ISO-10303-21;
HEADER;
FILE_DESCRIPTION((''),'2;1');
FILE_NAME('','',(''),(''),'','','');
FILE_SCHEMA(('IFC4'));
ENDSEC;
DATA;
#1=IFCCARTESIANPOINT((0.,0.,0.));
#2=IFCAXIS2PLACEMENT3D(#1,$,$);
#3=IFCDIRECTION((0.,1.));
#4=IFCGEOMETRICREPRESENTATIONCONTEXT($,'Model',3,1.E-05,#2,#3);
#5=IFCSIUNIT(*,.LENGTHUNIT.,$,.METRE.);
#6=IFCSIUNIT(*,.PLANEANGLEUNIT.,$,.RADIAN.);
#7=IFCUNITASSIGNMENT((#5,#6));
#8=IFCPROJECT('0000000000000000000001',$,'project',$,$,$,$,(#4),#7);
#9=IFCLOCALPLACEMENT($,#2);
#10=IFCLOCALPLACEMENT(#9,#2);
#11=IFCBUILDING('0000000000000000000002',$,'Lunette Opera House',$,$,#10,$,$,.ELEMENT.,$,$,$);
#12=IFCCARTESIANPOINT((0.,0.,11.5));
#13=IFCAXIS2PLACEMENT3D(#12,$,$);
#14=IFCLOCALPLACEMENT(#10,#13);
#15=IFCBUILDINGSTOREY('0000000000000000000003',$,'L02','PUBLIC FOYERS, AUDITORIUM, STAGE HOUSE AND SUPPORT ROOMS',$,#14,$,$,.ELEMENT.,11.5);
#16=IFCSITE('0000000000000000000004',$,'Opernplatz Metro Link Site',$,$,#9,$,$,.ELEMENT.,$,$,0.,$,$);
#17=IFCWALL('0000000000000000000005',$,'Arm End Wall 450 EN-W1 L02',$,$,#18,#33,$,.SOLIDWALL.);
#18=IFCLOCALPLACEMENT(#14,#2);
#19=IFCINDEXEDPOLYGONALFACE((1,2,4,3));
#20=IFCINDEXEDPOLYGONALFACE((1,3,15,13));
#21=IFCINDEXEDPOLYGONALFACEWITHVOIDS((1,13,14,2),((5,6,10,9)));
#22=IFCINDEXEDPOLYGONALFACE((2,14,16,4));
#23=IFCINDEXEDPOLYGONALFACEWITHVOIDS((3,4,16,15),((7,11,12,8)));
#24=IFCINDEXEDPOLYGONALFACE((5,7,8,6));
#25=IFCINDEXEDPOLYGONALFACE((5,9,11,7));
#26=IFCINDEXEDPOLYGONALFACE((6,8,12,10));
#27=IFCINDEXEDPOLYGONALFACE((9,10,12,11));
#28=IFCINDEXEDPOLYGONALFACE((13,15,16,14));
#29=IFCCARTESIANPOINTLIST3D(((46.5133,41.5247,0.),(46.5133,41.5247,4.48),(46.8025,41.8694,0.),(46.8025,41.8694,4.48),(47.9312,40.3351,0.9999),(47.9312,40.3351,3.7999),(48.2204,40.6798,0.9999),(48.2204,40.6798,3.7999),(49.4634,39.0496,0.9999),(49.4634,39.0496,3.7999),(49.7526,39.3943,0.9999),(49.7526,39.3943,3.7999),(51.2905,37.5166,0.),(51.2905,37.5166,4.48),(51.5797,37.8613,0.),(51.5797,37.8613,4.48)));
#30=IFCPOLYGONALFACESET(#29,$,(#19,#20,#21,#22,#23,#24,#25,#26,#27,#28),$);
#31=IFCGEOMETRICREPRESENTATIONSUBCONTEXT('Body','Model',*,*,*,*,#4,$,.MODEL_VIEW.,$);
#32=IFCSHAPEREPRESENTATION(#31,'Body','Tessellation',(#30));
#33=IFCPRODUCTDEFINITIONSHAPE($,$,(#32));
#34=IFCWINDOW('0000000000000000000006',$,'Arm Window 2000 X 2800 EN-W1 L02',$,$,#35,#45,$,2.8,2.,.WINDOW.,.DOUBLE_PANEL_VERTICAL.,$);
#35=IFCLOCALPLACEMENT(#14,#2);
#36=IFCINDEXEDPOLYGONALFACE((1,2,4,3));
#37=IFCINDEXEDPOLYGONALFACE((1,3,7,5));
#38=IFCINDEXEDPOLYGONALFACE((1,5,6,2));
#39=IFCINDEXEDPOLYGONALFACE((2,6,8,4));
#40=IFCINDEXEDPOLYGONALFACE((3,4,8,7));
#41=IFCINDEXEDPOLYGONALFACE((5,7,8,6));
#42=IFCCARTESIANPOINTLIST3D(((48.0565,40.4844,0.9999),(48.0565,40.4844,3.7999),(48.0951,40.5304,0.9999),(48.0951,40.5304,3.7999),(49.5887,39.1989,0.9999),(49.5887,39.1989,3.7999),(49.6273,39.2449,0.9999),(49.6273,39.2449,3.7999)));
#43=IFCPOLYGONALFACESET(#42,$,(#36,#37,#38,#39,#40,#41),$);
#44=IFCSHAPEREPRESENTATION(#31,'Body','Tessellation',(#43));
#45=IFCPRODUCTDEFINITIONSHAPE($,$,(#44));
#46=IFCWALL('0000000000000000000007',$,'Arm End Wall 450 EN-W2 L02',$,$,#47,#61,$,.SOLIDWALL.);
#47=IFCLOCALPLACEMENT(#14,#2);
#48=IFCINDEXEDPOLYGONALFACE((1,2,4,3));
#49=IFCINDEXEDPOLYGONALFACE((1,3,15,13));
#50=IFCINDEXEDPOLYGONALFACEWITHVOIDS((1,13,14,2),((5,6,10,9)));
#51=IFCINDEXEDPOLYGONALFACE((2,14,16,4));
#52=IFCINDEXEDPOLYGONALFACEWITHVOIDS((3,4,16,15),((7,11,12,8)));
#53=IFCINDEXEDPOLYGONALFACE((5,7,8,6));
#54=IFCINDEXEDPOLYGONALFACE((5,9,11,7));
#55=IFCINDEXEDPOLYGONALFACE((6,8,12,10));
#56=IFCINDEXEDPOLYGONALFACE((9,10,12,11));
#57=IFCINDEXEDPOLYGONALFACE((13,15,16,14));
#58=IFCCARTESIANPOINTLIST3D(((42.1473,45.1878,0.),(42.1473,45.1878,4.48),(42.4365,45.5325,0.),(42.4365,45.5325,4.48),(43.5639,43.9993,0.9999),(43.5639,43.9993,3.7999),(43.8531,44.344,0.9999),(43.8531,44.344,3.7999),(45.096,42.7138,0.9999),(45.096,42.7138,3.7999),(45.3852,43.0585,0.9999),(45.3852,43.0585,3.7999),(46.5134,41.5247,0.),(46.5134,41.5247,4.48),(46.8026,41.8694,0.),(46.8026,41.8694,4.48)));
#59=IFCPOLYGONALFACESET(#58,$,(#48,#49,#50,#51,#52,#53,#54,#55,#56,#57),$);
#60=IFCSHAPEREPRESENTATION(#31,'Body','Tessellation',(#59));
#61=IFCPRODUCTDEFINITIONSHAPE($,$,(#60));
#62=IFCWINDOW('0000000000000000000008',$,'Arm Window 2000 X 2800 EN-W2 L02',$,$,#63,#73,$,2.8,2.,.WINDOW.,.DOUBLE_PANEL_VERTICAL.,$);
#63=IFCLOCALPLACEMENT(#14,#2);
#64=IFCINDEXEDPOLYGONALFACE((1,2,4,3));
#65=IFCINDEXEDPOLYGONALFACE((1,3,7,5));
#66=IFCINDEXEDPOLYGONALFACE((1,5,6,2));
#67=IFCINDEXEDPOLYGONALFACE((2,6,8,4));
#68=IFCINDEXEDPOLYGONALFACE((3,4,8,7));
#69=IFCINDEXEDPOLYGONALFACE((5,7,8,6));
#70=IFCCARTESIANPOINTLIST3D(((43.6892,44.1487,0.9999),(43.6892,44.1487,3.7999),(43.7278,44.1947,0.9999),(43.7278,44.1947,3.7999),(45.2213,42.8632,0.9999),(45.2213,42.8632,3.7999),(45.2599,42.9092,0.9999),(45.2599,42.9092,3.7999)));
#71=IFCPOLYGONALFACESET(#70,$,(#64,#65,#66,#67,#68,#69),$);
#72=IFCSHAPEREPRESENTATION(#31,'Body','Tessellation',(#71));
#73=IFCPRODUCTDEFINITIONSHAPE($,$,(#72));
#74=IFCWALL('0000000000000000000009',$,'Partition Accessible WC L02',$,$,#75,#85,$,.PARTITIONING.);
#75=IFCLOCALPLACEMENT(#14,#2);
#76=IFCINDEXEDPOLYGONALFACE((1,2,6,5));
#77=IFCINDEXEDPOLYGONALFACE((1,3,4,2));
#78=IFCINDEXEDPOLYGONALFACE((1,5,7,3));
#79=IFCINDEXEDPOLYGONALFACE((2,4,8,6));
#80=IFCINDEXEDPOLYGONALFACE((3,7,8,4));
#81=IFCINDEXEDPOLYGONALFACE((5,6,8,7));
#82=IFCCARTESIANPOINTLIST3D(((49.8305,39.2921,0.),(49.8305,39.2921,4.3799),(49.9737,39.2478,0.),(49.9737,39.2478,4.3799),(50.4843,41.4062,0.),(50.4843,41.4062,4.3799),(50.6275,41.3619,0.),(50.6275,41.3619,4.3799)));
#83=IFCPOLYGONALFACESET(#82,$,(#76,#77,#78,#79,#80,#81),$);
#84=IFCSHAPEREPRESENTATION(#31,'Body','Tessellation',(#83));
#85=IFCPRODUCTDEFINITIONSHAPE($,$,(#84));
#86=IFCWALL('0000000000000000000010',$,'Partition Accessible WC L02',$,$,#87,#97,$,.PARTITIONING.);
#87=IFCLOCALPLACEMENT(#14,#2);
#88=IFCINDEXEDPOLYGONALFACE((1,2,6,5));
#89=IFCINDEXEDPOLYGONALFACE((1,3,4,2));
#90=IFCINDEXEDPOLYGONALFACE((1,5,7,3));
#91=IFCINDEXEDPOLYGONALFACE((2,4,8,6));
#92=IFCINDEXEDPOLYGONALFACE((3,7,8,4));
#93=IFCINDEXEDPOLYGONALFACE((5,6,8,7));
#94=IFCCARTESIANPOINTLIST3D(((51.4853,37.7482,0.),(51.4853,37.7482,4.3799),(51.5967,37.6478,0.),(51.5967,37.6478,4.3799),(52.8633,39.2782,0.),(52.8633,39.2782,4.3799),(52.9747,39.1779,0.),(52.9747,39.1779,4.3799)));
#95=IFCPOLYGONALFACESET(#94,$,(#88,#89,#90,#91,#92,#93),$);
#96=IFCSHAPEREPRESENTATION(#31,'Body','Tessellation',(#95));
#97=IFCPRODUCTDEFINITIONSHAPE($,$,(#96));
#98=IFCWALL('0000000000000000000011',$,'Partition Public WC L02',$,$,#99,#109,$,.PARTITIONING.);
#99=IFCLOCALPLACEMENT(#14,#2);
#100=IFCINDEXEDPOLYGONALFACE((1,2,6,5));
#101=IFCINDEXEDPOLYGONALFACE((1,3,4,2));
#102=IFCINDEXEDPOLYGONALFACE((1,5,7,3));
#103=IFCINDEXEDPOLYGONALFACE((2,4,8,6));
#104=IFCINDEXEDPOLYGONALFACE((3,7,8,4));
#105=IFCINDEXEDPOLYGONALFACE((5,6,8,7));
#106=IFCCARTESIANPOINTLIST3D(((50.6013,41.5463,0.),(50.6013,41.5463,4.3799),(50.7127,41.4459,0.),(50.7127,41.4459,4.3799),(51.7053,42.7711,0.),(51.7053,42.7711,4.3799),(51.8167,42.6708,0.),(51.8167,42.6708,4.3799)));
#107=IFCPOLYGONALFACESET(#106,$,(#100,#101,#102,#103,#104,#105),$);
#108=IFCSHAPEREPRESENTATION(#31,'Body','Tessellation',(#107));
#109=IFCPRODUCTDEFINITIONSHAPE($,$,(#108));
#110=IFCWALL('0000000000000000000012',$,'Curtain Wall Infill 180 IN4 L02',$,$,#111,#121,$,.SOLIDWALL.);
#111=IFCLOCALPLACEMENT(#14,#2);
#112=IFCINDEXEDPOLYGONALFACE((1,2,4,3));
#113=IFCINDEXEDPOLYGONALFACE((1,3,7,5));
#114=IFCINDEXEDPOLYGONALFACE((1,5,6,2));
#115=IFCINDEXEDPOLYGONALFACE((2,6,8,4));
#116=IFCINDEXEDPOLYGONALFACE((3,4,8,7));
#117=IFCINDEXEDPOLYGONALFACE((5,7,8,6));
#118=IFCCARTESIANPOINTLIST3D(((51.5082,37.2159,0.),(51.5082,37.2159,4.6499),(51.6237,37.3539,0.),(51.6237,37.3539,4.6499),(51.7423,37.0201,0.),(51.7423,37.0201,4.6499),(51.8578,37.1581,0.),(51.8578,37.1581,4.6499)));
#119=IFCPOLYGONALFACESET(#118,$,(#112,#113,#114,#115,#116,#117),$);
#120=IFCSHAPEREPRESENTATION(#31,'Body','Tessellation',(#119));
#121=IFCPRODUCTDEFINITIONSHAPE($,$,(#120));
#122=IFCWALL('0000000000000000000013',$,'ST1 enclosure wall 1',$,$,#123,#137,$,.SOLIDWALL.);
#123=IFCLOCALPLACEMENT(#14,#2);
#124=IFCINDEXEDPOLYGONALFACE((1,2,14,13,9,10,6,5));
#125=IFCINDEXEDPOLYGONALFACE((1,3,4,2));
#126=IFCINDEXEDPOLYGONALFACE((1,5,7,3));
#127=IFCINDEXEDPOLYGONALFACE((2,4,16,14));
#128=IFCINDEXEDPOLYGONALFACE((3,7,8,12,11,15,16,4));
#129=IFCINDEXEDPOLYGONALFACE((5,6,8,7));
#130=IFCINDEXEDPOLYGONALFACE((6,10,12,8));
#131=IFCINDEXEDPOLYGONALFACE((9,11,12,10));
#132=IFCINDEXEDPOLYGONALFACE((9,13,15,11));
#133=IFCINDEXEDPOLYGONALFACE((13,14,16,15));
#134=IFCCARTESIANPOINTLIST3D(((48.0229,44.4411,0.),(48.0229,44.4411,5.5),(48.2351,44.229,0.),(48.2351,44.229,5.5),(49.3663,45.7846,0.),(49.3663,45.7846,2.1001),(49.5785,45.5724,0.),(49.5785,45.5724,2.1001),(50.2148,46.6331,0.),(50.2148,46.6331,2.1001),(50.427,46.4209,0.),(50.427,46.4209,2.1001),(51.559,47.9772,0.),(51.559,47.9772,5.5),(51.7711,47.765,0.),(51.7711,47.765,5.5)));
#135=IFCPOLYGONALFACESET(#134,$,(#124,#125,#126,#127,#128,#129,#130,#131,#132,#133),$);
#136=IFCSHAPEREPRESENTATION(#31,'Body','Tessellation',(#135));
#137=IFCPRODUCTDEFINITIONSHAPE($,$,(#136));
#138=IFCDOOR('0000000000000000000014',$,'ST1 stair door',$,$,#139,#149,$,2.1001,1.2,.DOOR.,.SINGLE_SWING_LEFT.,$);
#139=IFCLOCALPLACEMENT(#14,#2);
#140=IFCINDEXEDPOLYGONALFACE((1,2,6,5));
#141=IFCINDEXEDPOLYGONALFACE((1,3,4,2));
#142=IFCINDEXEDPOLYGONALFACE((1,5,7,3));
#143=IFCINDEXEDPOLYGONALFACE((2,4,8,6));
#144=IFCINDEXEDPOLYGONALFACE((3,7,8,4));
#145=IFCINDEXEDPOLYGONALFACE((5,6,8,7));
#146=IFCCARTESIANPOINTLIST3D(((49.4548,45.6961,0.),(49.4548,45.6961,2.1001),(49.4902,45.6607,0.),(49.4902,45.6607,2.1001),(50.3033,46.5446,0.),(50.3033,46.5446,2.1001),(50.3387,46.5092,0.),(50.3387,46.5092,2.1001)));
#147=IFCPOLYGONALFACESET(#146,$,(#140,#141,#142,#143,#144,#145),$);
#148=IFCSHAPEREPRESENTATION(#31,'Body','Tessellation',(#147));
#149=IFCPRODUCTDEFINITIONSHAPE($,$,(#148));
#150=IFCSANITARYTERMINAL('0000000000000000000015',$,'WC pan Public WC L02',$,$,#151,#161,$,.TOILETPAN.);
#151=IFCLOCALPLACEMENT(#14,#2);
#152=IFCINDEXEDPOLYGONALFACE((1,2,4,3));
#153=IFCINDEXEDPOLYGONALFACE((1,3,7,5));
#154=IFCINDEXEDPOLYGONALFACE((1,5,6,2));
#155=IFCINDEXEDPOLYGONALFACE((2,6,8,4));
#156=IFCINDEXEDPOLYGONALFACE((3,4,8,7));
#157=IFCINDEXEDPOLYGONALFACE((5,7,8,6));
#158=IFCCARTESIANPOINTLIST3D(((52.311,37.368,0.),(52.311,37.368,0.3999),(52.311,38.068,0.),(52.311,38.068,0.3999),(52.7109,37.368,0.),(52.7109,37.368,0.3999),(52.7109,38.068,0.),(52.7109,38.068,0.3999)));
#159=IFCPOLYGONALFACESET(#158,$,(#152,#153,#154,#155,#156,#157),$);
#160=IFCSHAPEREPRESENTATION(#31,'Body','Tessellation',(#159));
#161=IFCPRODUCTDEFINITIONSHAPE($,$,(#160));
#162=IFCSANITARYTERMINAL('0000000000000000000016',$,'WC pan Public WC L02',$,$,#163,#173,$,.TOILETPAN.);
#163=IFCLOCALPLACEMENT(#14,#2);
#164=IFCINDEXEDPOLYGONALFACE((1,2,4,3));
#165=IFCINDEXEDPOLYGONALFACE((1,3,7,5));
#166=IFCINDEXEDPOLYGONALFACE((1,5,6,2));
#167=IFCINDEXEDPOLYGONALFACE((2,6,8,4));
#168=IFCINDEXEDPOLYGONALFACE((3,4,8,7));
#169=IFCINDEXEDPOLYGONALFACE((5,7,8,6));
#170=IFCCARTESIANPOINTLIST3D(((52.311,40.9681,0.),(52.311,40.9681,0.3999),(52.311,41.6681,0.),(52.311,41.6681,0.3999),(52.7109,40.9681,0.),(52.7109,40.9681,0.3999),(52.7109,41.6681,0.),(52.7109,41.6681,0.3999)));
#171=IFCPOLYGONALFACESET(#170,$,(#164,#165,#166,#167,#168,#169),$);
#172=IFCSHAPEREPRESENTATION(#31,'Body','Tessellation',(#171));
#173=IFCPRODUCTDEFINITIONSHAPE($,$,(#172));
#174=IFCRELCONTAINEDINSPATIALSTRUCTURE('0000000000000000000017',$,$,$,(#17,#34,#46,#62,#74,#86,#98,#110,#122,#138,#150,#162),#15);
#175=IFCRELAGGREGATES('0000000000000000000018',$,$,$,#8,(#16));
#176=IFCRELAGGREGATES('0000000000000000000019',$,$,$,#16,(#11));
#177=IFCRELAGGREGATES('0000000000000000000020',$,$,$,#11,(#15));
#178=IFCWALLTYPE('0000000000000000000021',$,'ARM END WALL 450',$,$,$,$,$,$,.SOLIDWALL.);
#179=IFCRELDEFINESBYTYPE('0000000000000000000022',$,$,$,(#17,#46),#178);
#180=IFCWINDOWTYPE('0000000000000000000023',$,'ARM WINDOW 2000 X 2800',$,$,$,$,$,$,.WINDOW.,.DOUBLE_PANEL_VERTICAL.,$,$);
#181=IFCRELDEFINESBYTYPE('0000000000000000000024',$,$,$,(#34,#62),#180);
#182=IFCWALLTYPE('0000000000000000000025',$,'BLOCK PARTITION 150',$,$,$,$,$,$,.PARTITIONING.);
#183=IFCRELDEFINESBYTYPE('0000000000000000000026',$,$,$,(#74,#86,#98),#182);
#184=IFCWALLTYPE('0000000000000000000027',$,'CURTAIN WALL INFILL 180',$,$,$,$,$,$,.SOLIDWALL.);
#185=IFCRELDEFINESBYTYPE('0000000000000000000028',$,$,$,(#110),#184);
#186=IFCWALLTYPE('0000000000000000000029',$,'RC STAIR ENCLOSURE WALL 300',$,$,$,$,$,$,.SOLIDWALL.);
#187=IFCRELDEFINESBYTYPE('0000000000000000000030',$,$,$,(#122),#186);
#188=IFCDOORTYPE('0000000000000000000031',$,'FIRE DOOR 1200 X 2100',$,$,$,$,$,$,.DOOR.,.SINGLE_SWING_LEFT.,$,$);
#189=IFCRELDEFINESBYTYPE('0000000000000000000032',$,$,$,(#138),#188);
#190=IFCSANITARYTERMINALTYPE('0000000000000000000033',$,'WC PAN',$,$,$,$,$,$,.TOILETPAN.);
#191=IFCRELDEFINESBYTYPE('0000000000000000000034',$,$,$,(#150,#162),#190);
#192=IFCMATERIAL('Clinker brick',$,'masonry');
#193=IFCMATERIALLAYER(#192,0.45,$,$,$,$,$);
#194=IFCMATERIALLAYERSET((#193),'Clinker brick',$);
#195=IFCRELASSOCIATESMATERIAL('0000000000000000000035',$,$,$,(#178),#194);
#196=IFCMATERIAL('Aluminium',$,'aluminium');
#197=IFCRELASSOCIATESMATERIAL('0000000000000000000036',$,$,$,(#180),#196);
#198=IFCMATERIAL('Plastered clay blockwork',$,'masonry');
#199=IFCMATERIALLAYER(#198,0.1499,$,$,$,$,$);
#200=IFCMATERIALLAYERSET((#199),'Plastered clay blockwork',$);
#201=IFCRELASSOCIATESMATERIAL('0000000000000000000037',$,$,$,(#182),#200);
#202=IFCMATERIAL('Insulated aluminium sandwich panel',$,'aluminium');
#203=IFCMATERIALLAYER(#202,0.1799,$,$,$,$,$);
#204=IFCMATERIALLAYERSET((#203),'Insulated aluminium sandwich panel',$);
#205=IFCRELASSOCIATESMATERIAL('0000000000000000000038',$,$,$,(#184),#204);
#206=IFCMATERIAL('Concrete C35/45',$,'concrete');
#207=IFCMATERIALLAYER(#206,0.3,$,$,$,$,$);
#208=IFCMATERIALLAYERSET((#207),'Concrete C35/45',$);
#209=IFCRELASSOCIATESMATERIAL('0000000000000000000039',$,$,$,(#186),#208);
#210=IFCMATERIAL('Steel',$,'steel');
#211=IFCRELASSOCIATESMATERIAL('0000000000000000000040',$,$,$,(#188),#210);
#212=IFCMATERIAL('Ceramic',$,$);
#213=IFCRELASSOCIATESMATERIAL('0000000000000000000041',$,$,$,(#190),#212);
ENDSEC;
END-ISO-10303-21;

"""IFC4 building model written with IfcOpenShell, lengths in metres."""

from ifc_helpers import new_model, si_unit, direction, frame, frame_2d, origin, origin_2d, place, context, subcontext, project, spatial, rectangle, extrude, material, layer, layer_set, type_object, element, fill, save


model = new_model("IFC4")

# Units and contexts
model_context = context("Model", 3, precision=1e-05, world=origin(), true_north=direction((0.0, 1.0)))
body_context = subcontext(model_context, "Body", "Model", "MODEL_VIEW")
ifc_project = project(units=[si_unit("LENGTHUNIT", "METRE"), si_unit("PLANEANGLEUNIT", "RADIAN")], contexts=[model_context])

# Site, building, storey
site_placement = place(None, origin())
site = spatial("IfcSite", under=ifc_project, at=site_placement, Name="Opernplatz Metro Link Site", CompositionType="ELEMENT", RefElevation=0.0)
building_placement = place(site_placement, origin())
building = spatial("IfcBuilding", under=site, at=building_placement, Name="Lunette Opera House", CompositionType="ELEMENT")
storey_placement = place(building_placement, frame((0.0, 0.0, 11.5)))
storey = spatial("IfcBuildingStorey", under=building, at=storey_placement, Name="L02", Description="PUBLIC FOYERS, AUDITORIUM, STAGE HOUSE AND SUPPORT ROOMS", CompositionType="ELEMENT", Elevation=11.5)

# Walls, openings, windows
ifc_material_1 = material(Name="Clinker brick", Category="masonry")
ifc_layer_1 = layer(ifc_material_1, 0.45)
ifc_layer_set_1 = layer_set([ifc_layer_1], Name="Clinker brick")
wall_type_1 = type_object("IfcWallType", Name="ARM END WALL 450", PredefinedType="SOLIDWALL", material=ifc_layer_set_1)
wall_1_placement = place(storey_placement, frame((51.4351, 37.689, 0.0), z_axis=(0.0, 0.0, 1.0), x_axis=(-0.766076, 0.642749, 0.0)))
wall_1 = element("IfcWall", 1, at=wall_1_placement, inside=storey, type_object=wall_type_1, Name="Arm End Wall 450 EN-W1 L02", PredefinedType="SOLIDWALL", context=body_context, shape_type="SweptSolid", body=[
    extrude(rectangle(XDim=6.2358, YDim=0.45, at=frame_2d((3.1179, 0.0))), origin(), (0.0, 0.0, 1.0), 4.48),
])
opening_1_placement = place(wall_1_placement, frame((2.385, 0.0, 1.0)))
opening_1 = element("IfcOpeningElement", 2, at=opening_1_placement, cuts=wall_1, PredefinedType="OPENING", context=body_context, shape_type="SweptSolid", body=[
    extrude(rectangle(XDim=2.0, YDim=2.8, at=frame_2d((1.0, 1.3999))), frame((0.0, 0.2371, 0.0), z_axis=(0.0, -1.0, 0.0), x_axis=(1.0, 0.0, 0.0)), (0.0, 0.0, 1.0), 0.4739),
])
ifc_material_2 = material(Name="Aluminium", Category="aluminium")
window_type = type_object("IfcWindowType", Name="ARM WINDOW 2000 X 2800", PartitioningType="DOUBLE_PANEL_VERTICAL", PredefinedType="WINDOW", material=ifc_material_2)
window_1_placement = place(opening_1_placement, origin())
window_1 = element("IfcWindow", 3, at=window_1_placement, inside=storey, type_object=window_type, Name="Arm Window 2000 X 2800 EN-W1 L02", OverallHeight=2.8, OverallWidth=2.0, PartitioningType="DOUBLE_PANEL_VERTICAL", PredefinedType="WINDOW", context=body_context, shape_type="SweptSolid", body=[
    extrude(rectangle(XDim=2.0, YDim=2.8, at=frame_2d((1.0, 1.3999))), frame((0.0, 0.03, 0.0), z_axis=(0.0, -1.0, 0.0), x_axis=(1.0, 0.0, 0.0)), (0.0, 0.0, 1.0), 0.0601),
])
fill(opening_1, window_1)
wall_2_placement = place(storey_placement, frame((46.658, 41.697, 0.0), z_axis=(0.0, 0.0, 1.0), x_axis=(-0.766079, 0.642747, 0.0)))
wall_2 = element("IfcWall", 4, at=wall_2_placement, inside=storey, type_object=wall_type_1, Name="Arm End Wall 450 EN-W2 L02", PredefinedType="SOLIDWALL", context=body_context, shape_type="SweptSolid", body=[
    extrude(rectangle(XDim=5.6992, YDim=0.45, at=frame_2d((2.8496, 0.0))), origin(), (0.0, 0.0, 1.0), 4.48),
])
opening_2_placement = place(wall_2_placement, frame((1.8501, 0.0, 1.0)))
opening_2 = element("IfcOpeningElement", 5, at=opening_2_placement, cuts=wall_2, PredefinedType="OPENING", context=body_context, shape_type="SweptSolid", body=[
    extrude(rectangle(XDim=2.0, YDim=2.8, at=frame_2d((1.0, 1.3999))), frame((0.0, 0.2371, 0.0), z_axis=(0.0, -1.0, 0.0), x_axis=(1.0, 0.0, 0.0)), (0.0, 0.0, 1.0), 0.4739),
])
window_2_placement = place(opening_2_placement, origin())
window_2 = element("IfcWindow", 6, at=window_2_placement, inside=storey, type_object=window_type, Name="Arm Window 2000 X 2800 EN-W2 L02", OverallHeight=2.8, OverallWidth=2.0, PartitioningType="DOUBLE_PANEL_VERTICAL", PredefinedType="WINDOW", context=body_context, shape_type="SweptSolid", body=[
    extrude(rectangle(XDim=2.0, YDim=2.8, at=frame_2d((1.0, 1.3999))), frame((0.0, 0.03, 0.0), z_axis=(0.0, -1.0, 0.0), x_axis=(1.0, 0.0, 0.0)), (0.0, 0.0, 1.0), 0.0601),
])
fill(opening_2, window_2)

# Walls
ifc_material_3 = material(Name="Plastered clay blockwork", Category="masonry")
ifc_layer_2 = layer(ifc_material_3, 0.1499)
ifc_layer_set_2 = layer_set([ifc_layer_2], Name="Plastered clay blockwork")
wall_type_2 = type_object("IfcWallType", Name="BLOCK PARTITION 150", PredefinedType="PARTITIONING", material=ifc_layer_set_2)
wall_3_placement = place(storey_placement, frame((50.5559, 41.384, 0.0), z_axis=(0.0, 0.0, 1.0), x_axis=(-0.295466, -0.955353, 0.0)))
element("IfcWall", 7, at=wall_3_placement, inside=storey, type_object=wall_type_2, Name="Partition Accessible WC L02", PredefinedType="PARTITIONING", context=body_context, shape_type="SweptSolid", body=[
    extrude(rectangle(XDim=2.2129, YDim=0.1499, at=frame_2d((1.1064, 0.0))), origin(), (0.0, 0.0, 1.0), 4.3799),
])
wall_4_placement = place(storey_placement, frame((51.541, 37.698, 0.0), z_axis=(0.0, 0.0, 1.0), x_axis=(0.669207, 0.743076, 0.0)))
element("IfcWall", 8, at=wall_4_placement, inside=storey, type_object=wall_type_2, Name="Partition Accessible WC L02", PredefinedType="PARTITIONING", context=body_context, shape_type="SweptSolid", body=[
    extrude(rectangle(XDim=2.0591, YDim=0.1499, at=frame_2d((1.0295, 0.0))), origin(), (0.0, 0.0, 1.0), 4.3799),
])
wall_5_placement = place(storey_placement, frame((51.761, 42.7209, 0.0), z_axis=(0.0, 0.0, 1.0), x_axis=(-0.669513, -0.742801, 0.0)))
element("IfcWall", 9, at=wall_5_placement, inside=storey, type_object=wall_type_2, Name="Partition Public WC L02", PredefinedType="PARTITIONING", context=body_context, shape_type="SweptSolid", body=[
    extrude(rectangle(XDim=1.6489, YDim=0.1499, at=frame_2d((0.8245, 0.0))), origin(), (0.0, 0.0, 1.0), 4.3799),
])
ifc_material_4 = material(Name="Insulated aluminium sandwich panel", Category="aluminium")
ifc_layer_3 = layer(ifc_material_4, 0.1799)
ifc_layer_set_3 = layer_set([ifc_layer_3], Name="Insulated aluminium sandwich panel")
wall_type_3 = type_object("IfcWallType", Name="CURTAIN WALL INFILL 180", PredefinedType="SOLIDWALL", material=ifc_layer_set_3)
wall_6_placement = place(storey_placement, frame((51.8, 37.0891, 0.0), z_axis=(0.0, 0.0, 1.0), x_axis=(-0.767105, 0.641521, 0.0)))
element("IfcWall", 10, at=wall_6_placement, inside=storey, type_object=wall_type_3, Name="Curtain Wall Infill 180 IN4 L02", PredefinedType="SOLIDWALL", context=body_context, shape_type="SweptSolid", body=[
    extrude(rectangle(XDim=0.3052, YDim=0.1799, at=frame_2d((0.1526, 0.0))), origin(), (0.0, 0.0, 1.0), 4.6499),
])

# Wall, opening, door
ifc_material_5 = material(Name="Concrete C35/45", Category="concrete")
ifc_layer_4 = layer(ifc_material_5, 0.3)
ifc_layer_set_4 = layer_set([ifc_layer_4], Name="Concrete C35/45")
wall_type_4 = type_object("IfcWallType", Name="RC STAIR ENCLOSURE WALL 300", PredefinedType="SOLIDWALL", material=ifc_layer_set_4)
wall_7_placement = place(storey_placement, frame((48.1289, 44.335, 0.0), z_axis=(0.0, 0.0, 1.0), x_axis=(0.707107, 0.707107, 0.0)))
wall_7 = element("IfcWall", 11, at=wall_7_placement, inside=storey, type_object=wall_type_4, Name="ST1 enclosure wall 1", PredefinedType="SOLIDWALL", context=body_context, shape_type="SweptSolid", body=[
    extrude(rectangle(XDim=5.0007, YDim=0.3, at=frame_2d((2.5005, 0.0))), origin(), (0.0, 0.0, 1.0), 5.5),
])
opening_3_placement = place(wall_7_placement, frame((1.8999, 0.0, 0.0)))
opening_3 = element("IfcOpeningElement", 12, at=opening_3_placement, cuts=wall_7, PredefinedType="OPENING", context=body_context, shape_type="SweptSolid", body=[
    extrude(rectangle(XDim=1.2, YDim=2.1001, at=frame_2d((0.6001, 1.05))), frame((0.0, 0.1621, 0.0), z_axis=(0.0, -1.0, 0.0), x_axis=(1.0, 0.0, 0.0)), (0.0, 0.0, 1.0), 0.324),
])
ifc_material_6 = material(Name="Steel", Category="steel")
door_type = type_object("IfcDoorType", Name="FIRE DOOR 1200 X 2100", OperationType="SINGLE_SWING_LEFT", PredefinedType="DOOR", material=ifc_material_6)
door_placement = place(opening_3_placement, origin())
door = element("IfcDoor", 13, at=door_placement, inside=storey, type_object=door_type, Name="ST1 stair door", OperationType="SINGLE_SWING_LEFT", OverallHeight=2.1001, OverallWidth=1.2, PredefinedType="DOOR", context=body_context, shape_type="SweptSolid", body=[
    extrude(rectangle(XDim=1.2, YDim=2.1001, at=frame_2d((0.6001, 1.05))), frame((0.0, 0.0249, 0.0), z_axis=(0.0, -1.0, 0.0), x_axis=(1.0, 0.0, 0.0)), (0.0, 0.0, 1.0), 0.05),
])
fill(opening_3, door)

# Sanitary terminals
ifc_material_7 = material(Name="Ceramic")
sanitary_terminal_type = type_object("IfcSanitaryTerminalType", Name="WC PAN", PredefinedType="TOILETPAN", material=ifc_material_7)
for number, where, z_axis, x_axis, name in (
    (14, (52.511, 37.718, 0.0), (0.0, 0.0, 1.0), (1.0, 0.0, 0.0), "WC pan Public WC L02"),
    (15, (52.511, 41.3181, 0.0), (0.0, 0.0, 1.0), (1.0, 0.0, 0.0), "WC pan Public WC L02"),
):
    element("IfcSanitaryTerminal", number, at=place(storey_placement, frame(where, z_axis=z_axis, x_axis=x_axis)), inside=storey, type_object=sanitary_terminal_type, Name=name, PredefinedType="TOILETPAN", context=body_context, shape_type="SweptSolid", body=[
        extrude(rectangle(XDim=0.3999, YDim=0.7, at=origin_2d()), origin(), (0.0, 0.0, 1.0), 0.3999),
    ])

save(model, "model.ifc")
